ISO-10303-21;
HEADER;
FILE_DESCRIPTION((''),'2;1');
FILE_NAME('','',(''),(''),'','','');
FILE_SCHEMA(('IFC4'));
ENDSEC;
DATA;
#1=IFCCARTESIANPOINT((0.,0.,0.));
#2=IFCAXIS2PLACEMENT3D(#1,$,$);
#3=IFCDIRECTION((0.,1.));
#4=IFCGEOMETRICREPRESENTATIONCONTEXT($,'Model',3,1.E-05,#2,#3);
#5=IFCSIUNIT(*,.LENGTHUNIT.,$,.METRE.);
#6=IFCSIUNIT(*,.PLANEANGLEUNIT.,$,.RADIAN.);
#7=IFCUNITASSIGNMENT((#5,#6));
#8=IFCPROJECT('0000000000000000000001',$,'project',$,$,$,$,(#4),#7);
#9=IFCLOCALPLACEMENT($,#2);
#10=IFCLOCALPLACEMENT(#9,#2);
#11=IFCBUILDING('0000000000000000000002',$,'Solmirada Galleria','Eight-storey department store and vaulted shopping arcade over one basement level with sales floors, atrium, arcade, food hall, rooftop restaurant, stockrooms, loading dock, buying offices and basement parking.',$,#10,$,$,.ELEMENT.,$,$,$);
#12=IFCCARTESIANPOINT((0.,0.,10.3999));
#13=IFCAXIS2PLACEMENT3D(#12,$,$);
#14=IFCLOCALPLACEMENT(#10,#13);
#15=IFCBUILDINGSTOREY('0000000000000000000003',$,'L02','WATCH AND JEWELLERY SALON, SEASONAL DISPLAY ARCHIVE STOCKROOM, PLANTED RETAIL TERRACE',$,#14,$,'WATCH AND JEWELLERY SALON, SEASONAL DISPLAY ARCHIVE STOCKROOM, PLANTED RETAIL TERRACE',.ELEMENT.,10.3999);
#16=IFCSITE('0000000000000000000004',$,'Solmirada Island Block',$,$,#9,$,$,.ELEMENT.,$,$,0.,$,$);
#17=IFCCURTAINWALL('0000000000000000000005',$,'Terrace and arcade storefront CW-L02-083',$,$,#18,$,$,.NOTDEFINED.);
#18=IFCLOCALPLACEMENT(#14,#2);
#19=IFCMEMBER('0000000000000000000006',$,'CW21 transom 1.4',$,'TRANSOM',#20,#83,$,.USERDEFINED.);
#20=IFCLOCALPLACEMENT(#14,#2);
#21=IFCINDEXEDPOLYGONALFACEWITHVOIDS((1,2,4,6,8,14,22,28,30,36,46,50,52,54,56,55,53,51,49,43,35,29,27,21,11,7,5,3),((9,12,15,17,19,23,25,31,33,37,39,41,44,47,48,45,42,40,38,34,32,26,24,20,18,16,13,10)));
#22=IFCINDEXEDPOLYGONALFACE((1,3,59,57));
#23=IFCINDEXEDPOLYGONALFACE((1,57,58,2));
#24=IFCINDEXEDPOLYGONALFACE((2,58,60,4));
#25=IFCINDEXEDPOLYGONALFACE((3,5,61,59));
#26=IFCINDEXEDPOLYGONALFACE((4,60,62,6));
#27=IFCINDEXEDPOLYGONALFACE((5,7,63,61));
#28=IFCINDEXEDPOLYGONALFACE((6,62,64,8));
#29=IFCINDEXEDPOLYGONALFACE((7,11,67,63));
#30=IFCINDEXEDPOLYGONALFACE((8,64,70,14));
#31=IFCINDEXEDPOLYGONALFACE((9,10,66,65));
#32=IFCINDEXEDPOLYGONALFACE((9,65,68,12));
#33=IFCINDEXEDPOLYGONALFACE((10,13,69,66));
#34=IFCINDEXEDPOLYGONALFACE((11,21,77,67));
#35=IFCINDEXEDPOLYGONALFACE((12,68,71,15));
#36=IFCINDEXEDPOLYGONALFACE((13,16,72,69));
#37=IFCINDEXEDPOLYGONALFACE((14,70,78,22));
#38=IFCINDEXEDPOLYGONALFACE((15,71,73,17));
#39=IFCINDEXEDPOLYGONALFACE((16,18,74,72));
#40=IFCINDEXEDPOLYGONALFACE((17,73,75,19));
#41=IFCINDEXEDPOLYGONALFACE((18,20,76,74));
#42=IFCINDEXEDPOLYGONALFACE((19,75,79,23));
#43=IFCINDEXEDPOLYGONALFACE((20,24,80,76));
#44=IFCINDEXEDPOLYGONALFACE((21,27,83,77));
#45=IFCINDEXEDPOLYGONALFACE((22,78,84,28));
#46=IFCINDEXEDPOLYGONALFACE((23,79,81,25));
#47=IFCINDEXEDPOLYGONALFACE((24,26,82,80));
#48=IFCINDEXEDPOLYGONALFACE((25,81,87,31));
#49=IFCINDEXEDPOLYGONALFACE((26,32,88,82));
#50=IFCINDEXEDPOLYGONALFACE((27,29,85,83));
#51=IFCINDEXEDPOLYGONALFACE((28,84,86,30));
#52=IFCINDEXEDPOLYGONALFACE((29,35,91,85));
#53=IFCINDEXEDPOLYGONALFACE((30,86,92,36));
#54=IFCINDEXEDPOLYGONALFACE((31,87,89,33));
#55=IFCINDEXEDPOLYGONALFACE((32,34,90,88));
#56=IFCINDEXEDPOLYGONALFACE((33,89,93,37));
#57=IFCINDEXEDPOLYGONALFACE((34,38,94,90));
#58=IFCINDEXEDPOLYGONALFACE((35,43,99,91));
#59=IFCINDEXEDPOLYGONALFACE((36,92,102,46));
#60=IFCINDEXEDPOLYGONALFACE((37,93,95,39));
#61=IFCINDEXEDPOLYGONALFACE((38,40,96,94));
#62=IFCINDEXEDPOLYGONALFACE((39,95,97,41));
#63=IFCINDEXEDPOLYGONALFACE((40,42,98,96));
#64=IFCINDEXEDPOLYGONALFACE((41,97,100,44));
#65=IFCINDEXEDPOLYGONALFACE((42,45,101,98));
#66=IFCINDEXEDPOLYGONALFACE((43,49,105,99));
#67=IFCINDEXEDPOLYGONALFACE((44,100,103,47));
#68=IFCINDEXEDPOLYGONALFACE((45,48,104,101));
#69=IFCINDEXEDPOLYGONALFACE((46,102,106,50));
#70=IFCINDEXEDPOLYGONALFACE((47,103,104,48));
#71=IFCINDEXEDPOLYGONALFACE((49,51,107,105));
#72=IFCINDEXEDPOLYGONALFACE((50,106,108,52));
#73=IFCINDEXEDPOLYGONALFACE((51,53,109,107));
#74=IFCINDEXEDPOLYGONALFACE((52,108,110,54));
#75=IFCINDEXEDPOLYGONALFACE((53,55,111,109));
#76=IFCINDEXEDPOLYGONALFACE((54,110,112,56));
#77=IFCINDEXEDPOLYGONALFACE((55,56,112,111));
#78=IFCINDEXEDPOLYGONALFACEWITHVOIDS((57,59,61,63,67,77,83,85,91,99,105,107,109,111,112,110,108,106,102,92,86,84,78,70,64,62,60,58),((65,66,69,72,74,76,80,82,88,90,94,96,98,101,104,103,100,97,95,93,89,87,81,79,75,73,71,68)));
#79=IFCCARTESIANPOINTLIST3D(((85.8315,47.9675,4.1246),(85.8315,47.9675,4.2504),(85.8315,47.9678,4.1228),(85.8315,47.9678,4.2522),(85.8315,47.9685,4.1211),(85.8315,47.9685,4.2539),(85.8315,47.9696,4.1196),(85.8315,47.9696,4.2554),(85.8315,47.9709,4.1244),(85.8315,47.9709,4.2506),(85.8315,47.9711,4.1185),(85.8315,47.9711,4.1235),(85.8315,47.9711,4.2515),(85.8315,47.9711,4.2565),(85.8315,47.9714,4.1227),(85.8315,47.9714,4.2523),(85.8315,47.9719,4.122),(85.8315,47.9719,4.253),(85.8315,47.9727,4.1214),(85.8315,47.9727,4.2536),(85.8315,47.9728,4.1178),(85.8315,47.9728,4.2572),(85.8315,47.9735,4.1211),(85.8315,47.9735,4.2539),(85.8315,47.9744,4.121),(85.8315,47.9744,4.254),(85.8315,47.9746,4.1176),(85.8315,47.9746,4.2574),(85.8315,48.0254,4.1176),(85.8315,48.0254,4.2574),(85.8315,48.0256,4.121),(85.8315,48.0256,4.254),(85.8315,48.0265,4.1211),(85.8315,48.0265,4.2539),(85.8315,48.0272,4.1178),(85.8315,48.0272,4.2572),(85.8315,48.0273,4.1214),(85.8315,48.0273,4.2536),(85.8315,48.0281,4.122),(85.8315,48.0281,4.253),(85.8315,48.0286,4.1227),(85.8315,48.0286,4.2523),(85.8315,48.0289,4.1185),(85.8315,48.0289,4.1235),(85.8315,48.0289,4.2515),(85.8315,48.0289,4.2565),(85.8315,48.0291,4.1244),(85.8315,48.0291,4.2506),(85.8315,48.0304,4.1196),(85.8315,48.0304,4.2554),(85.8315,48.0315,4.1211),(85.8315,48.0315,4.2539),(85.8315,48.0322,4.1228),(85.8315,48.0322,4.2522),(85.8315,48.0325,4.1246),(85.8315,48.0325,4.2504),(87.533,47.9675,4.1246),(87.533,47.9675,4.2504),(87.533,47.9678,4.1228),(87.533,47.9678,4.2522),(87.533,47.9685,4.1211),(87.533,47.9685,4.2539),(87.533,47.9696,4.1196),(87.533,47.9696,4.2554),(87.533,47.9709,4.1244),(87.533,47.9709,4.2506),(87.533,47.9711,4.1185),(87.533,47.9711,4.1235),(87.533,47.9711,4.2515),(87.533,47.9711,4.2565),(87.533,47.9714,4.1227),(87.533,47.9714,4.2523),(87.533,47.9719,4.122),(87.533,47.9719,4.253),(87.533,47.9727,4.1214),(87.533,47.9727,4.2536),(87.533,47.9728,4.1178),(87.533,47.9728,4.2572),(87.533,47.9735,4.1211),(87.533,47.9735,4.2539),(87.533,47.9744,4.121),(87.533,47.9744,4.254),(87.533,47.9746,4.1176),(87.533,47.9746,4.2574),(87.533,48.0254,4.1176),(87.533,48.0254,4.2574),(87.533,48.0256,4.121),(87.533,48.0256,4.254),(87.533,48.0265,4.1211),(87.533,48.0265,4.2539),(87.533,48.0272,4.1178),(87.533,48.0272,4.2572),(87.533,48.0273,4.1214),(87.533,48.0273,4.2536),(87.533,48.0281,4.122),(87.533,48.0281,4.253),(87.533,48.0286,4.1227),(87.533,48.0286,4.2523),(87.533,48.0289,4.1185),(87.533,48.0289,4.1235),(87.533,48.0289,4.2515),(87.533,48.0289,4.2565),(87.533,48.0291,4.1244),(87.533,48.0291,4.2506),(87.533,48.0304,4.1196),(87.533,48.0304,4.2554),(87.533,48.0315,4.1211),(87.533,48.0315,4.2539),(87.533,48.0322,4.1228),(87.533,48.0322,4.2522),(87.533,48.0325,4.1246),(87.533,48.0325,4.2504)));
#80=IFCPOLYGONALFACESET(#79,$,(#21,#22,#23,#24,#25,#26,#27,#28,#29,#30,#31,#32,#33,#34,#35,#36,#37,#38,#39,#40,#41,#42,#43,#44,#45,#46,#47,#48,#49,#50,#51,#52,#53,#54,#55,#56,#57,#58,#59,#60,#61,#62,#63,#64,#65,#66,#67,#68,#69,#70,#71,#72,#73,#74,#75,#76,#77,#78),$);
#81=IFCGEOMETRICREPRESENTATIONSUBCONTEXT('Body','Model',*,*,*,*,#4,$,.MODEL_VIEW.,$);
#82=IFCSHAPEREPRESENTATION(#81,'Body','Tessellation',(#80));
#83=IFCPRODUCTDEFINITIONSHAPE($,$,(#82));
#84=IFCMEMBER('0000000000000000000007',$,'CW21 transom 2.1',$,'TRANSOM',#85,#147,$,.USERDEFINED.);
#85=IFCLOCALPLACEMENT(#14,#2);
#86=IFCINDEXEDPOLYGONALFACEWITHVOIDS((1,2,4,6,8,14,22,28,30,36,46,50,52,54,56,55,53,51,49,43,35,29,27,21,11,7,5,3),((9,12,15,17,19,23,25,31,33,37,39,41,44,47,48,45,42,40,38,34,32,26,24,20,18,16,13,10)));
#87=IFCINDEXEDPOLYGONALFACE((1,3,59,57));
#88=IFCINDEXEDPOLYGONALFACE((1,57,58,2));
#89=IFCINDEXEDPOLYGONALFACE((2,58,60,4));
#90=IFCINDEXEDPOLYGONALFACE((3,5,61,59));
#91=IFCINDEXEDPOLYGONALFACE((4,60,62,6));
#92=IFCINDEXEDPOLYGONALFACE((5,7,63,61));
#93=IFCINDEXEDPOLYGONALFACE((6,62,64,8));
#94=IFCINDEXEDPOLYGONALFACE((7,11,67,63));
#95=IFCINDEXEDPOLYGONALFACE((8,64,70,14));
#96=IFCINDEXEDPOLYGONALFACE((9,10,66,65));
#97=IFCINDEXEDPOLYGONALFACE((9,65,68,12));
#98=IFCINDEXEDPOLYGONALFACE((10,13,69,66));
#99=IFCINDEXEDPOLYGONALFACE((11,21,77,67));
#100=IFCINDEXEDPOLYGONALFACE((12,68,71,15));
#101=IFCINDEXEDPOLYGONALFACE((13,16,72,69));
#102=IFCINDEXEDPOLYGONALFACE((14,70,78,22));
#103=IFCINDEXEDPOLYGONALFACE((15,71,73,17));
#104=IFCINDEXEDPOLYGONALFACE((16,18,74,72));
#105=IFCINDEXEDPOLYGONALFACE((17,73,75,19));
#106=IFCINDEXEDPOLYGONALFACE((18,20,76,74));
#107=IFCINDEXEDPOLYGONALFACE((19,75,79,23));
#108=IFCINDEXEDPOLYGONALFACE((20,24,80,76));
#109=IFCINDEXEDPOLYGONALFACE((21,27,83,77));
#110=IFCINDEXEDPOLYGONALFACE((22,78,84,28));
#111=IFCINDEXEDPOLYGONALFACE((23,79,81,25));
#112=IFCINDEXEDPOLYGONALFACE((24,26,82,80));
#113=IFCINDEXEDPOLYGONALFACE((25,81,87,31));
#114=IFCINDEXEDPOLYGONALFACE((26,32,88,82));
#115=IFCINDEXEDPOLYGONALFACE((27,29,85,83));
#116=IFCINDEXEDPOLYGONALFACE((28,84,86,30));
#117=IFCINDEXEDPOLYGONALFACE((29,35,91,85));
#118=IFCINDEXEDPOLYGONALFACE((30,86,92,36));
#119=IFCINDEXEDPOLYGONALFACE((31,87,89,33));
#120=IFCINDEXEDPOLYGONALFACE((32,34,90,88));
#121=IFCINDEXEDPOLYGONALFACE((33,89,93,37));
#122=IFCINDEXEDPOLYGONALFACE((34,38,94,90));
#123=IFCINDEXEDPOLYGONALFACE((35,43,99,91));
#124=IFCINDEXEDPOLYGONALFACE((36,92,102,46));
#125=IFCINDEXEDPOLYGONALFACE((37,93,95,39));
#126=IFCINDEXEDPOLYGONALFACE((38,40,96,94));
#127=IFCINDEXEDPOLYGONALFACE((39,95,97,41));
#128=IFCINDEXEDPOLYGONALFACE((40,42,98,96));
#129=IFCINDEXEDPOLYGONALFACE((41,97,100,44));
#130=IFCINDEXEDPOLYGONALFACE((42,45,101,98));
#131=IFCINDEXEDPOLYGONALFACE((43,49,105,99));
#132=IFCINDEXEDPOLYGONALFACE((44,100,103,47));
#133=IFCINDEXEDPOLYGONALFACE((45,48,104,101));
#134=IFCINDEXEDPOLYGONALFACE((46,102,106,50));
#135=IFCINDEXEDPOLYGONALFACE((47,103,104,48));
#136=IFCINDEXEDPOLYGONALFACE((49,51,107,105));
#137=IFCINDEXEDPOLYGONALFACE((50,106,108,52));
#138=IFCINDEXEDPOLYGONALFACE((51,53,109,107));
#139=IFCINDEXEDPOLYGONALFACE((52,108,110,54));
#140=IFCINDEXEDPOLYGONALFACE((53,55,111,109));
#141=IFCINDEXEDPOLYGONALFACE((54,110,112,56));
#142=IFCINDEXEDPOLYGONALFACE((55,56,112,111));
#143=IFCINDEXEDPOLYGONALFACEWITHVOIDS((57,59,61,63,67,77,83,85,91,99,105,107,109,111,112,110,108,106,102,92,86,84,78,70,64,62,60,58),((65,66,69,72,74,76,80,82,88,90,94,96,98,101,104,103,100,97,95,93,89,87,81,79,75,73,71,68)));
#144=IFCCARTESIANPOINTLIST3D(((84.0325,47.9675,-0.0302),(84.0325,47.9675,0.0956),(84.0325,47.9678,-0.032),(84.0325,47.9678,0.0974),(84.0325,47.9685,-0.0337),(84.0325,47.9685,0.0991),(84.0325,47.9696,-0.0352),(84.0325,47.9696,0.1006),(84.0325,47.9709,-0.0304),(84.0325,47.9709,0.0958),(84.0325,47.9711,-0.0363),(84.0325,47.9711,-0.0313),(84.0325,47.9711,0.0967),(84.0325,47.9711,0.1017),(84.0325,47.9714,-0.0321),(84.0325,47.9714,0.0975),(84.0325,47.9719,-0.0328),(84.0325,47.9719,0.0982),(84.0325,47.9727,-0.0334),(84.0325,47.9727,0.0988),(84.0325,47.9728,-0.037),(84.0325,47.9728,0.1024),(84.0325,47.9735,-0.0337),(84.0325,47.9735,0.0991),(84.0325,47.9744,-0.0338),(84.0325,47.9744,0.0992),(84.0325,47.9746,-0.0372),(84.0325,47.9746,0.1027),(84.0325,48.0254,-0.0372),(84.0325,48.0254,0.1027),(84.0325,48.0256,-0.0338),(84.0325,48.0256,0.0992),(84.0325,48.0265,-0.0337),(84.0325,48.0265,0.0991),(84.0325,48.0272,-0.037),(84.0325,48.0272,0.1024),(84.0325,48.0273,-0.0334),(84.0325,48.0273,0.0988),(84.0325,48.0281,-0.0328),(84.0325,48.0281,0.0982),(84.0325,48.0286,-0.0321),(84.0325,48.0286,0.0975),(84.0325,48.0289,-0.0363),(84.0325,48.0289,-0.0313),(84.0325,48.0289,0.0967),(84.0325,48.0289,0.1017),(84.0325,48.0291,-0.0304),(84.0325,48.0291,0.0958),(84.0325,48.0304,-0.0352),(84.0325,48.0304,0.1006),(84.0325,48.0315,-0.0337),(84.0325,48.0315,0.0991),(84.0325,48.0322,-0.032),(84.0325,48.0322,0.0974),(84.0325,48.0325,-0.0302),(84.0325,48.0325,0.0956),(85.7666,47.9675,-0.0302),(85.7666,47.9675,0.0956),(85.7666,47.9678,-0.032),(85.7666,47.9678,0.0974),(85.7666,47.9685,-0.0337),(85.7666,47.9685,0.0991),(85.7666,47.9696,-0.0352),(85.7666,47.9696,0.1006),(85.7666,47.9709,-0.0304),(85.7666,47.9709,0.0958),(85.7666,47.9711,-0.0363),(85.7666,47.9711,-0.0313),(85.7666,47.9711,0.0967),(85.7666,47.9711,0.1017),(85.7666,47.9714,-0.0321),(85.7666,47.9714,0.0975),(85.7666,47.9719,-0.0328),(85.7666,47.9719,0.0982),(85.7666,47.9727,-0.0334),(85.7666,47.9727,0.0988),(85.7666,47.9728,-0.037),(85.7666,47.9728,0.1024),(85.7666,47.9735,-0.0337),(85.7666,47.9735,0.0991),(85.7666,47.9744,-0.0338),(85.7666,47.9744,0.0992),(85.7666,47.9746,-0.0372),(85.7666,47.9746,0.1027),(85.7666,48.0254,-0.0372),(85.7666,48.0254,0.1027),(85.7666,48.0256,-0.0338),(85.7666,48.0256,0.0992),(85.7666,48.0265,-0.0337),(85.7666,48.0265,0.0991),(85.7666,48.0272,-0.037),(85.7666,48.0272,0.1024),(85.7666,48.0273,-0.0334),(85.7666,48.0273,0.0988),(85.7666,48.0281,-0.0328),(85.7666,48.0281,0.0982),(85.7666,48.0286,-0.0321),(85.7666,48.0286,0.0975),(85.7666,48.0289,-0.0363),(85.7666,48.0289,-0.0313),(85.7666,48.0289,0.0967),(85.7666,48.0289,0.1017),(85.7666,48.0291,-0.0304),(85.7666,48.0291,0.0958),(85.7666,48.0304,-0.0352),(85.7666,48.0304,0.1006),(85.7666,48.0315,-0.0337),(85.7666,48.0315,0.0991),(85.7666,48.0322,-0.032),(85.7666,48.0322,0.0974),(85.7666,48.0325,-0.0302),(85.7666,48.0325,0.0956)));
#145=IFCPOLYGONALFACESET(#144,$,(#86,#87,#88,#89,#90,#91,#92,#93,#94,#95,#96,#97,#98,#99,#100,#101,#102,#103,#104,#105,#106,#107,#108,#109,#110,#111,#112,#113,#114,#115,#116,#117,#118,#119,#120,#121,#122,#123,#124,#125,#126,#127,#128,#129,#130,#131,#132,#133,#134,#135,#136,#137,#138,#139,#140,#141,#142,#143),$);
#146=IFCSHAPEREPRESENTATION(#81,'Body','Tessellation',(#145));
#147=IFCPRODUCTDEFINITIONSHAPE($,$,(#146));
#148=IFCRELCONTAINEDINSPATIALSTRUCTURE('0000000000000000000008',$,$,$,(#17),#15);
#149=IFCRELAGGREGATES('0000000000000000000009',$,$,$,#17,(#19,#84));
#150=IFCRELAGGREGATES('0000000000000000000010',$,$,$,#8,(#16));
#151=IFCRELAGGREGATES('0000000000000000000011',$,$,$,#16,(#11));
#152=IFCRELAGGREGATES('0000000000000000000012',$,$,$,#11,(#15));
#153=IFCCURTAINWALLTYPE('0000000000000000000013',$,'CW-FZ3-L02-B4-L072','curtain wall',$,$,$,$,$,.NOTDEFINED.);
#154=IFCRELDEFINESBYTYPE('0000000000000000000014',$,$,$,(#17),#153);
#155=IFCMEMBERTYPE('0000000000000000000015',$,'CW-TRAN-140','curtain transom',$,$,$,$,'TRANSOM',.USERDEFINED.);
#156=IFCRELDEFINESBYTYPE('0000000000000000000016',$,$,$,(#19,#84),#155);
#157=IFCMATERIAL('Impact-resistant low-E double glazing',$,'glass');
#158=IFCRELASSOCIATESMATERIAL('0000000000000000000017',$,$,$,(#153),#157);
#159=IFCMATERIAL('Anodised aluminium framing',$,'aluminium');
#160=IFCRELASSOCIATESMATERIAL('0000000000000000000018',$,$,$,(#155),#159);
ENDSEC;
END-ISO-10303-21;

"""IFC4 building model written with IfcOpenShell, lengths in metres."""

from ifc_helpers import new_model, si_unit, direction, frame, origin, origin_2d, place, context, subcontext, project, spatial, hollow_rectangle, extrude, material, material_profile, profile_set, type_object, element, aggregate, save


model = new_model("IFC4")

# Units and contexts
model_context = context("Model", 3, precision=1e-05, world=origin(), true_north=direction((0.0, 1.0)))
body_context = subcontext(model_context, "Body", "Model", "MODEL_VIEW")
ifc_project = project(units=[si_unit("LENGTHUNIT", "METRE"), si_unit("PLANEANGLEUNIT", "RADIAN")], contexts=[model_context])

# Site, building, storey
site_placement = place(None, origin())
site = spatial("IfcSite", under=ifc_project, at=site_placement, Name="Solmirada Island Block", CompositionType="ELEMENT", RefElevation=0.0)
building_placement = place(site_placement, origin())
building = spatial("IfcBuilding", under=site, at=building_placement, Name="Solmirada Galleria", Description="Eight-storey department store and vaulted shopping arcade over one basement level with sales floors, atrium, arcade, food hall, rooftop restaurant, stockrooms, loading dock, buying offices and basement parking.", CompositionType="ELEMENT")
storey_placement = place(building_placement, frame((0.0, 0.0, 10.3999)))
storey = spatial("IfcBuildingStorey", under=building, at=storey_placement, Name="L02", Description="WATCH AND JEWELLERY SALON, SEASONAL DISPLAY ARCHIVE STOCKROOM, PLANTED RETAIL TERRACE", LongName="WATCH AND JEWELLERY SALON, SEASONAL DISPLAY ARCHIVE STOCKROOM, PLANTED RETAIL TERRACE", CompositionType="ELEMENT", Elevation=10.3999)

# Curtain wall
ifc_material_1 = material(Name="Impact-resistant low-E double glazing", Category="glass")
curtain_wall_type = type_object("IfcCurtainWallType", Name="CW-FZ3-L02-B4-L072", Description="curtain wall", PredefinedType="NOTDEFINED", material=ifc_material_1)
curtain_wall_1_placement = place(storey_placement, origin())
curtain_wall_1 = element("IfcCurtainWall", 1, at=curtain_wall_1_placement, inside=storey, type_object=curtain_wall_type, Name="Terrace and arcade storefront CW-L02-083", PredefinedType="NOTDEFINED")
ifc_material_2 = material(Name="Anodised aluminium framing", Category="aluminium")

# Members
ifc_material_profile_1 = material_profile(ifc_material_2, hollow_rectangle(XDim=0.0649, YDim=0.1399, WallThickness=0.0034, InnerFilletRadius=0.0034, OuterFilletRadius=0.0071, at=origin_2d()), Name="ALU-TRAN-140X65")
ifc_profile_set_1 = profile_set([ifc_material_profile_1], Name="Anodised aluminium framing")
member_type_1 = type_object("IfcMemberType", Name="CW-TRAN-140", Description="curtain transom", ElementType="TRANSOM", PredefinedType="USERDEFINED", material=ifc_profile_set_1)
member_1_placement = place(storey_placement, frame((87.533, 48.0, 4.1875), z_axis=(-1.0, 0.0, 0.0), x_axis=(0.0, -1.0, 0.0)))
member_1 = element("IfcMember", 2, at=member_1_placement, type_object=member_type_1, Name="CW21 transom 1.4", ObjectType="TRANSOM", PredefinedType="USERDEFINED", context=body_context, shape_type="SweptSolid", body=[
    extrude(hollow_rectangle(XDim=0.0649, YDim=0.1399, WallThickness=0.0034, InnerFilletRadius=0.0034, OuterFilletRadius=0.0071, at=origin_2d()), origin(), (0.0, 0.0, 1.0), 1.7014),
])
member_2_placement = place(storey_placement, frame((85.7666, 48.0, 0.0327), z_axis=(-1.0, 0.0, 0.0), x_axis=(0.0, -1.0, 0.0)))
member_2 = element("IfcMember", 3, at=member_2_placement, type_object=member_type_1, Name="CW21 transom 2.1", ObjectType="TRANSOM", PredefinedType="USERDEFINED", context=body_context, shape_type="SweptSolid", body=[
    extrude(hollow_rectangle(XDim=0.0649, YDim=0.1399, WallThickness=0.0034, InnerFilletRadius=0.0034, OuterFilletRadius=0.0071, at=origin_2d()), origin(), (0.0, 0.0, 1.0), 1.7341),
])

aggregate(curtain_wall_1, [member_1, member_2])

save(model, "model.ifc")
